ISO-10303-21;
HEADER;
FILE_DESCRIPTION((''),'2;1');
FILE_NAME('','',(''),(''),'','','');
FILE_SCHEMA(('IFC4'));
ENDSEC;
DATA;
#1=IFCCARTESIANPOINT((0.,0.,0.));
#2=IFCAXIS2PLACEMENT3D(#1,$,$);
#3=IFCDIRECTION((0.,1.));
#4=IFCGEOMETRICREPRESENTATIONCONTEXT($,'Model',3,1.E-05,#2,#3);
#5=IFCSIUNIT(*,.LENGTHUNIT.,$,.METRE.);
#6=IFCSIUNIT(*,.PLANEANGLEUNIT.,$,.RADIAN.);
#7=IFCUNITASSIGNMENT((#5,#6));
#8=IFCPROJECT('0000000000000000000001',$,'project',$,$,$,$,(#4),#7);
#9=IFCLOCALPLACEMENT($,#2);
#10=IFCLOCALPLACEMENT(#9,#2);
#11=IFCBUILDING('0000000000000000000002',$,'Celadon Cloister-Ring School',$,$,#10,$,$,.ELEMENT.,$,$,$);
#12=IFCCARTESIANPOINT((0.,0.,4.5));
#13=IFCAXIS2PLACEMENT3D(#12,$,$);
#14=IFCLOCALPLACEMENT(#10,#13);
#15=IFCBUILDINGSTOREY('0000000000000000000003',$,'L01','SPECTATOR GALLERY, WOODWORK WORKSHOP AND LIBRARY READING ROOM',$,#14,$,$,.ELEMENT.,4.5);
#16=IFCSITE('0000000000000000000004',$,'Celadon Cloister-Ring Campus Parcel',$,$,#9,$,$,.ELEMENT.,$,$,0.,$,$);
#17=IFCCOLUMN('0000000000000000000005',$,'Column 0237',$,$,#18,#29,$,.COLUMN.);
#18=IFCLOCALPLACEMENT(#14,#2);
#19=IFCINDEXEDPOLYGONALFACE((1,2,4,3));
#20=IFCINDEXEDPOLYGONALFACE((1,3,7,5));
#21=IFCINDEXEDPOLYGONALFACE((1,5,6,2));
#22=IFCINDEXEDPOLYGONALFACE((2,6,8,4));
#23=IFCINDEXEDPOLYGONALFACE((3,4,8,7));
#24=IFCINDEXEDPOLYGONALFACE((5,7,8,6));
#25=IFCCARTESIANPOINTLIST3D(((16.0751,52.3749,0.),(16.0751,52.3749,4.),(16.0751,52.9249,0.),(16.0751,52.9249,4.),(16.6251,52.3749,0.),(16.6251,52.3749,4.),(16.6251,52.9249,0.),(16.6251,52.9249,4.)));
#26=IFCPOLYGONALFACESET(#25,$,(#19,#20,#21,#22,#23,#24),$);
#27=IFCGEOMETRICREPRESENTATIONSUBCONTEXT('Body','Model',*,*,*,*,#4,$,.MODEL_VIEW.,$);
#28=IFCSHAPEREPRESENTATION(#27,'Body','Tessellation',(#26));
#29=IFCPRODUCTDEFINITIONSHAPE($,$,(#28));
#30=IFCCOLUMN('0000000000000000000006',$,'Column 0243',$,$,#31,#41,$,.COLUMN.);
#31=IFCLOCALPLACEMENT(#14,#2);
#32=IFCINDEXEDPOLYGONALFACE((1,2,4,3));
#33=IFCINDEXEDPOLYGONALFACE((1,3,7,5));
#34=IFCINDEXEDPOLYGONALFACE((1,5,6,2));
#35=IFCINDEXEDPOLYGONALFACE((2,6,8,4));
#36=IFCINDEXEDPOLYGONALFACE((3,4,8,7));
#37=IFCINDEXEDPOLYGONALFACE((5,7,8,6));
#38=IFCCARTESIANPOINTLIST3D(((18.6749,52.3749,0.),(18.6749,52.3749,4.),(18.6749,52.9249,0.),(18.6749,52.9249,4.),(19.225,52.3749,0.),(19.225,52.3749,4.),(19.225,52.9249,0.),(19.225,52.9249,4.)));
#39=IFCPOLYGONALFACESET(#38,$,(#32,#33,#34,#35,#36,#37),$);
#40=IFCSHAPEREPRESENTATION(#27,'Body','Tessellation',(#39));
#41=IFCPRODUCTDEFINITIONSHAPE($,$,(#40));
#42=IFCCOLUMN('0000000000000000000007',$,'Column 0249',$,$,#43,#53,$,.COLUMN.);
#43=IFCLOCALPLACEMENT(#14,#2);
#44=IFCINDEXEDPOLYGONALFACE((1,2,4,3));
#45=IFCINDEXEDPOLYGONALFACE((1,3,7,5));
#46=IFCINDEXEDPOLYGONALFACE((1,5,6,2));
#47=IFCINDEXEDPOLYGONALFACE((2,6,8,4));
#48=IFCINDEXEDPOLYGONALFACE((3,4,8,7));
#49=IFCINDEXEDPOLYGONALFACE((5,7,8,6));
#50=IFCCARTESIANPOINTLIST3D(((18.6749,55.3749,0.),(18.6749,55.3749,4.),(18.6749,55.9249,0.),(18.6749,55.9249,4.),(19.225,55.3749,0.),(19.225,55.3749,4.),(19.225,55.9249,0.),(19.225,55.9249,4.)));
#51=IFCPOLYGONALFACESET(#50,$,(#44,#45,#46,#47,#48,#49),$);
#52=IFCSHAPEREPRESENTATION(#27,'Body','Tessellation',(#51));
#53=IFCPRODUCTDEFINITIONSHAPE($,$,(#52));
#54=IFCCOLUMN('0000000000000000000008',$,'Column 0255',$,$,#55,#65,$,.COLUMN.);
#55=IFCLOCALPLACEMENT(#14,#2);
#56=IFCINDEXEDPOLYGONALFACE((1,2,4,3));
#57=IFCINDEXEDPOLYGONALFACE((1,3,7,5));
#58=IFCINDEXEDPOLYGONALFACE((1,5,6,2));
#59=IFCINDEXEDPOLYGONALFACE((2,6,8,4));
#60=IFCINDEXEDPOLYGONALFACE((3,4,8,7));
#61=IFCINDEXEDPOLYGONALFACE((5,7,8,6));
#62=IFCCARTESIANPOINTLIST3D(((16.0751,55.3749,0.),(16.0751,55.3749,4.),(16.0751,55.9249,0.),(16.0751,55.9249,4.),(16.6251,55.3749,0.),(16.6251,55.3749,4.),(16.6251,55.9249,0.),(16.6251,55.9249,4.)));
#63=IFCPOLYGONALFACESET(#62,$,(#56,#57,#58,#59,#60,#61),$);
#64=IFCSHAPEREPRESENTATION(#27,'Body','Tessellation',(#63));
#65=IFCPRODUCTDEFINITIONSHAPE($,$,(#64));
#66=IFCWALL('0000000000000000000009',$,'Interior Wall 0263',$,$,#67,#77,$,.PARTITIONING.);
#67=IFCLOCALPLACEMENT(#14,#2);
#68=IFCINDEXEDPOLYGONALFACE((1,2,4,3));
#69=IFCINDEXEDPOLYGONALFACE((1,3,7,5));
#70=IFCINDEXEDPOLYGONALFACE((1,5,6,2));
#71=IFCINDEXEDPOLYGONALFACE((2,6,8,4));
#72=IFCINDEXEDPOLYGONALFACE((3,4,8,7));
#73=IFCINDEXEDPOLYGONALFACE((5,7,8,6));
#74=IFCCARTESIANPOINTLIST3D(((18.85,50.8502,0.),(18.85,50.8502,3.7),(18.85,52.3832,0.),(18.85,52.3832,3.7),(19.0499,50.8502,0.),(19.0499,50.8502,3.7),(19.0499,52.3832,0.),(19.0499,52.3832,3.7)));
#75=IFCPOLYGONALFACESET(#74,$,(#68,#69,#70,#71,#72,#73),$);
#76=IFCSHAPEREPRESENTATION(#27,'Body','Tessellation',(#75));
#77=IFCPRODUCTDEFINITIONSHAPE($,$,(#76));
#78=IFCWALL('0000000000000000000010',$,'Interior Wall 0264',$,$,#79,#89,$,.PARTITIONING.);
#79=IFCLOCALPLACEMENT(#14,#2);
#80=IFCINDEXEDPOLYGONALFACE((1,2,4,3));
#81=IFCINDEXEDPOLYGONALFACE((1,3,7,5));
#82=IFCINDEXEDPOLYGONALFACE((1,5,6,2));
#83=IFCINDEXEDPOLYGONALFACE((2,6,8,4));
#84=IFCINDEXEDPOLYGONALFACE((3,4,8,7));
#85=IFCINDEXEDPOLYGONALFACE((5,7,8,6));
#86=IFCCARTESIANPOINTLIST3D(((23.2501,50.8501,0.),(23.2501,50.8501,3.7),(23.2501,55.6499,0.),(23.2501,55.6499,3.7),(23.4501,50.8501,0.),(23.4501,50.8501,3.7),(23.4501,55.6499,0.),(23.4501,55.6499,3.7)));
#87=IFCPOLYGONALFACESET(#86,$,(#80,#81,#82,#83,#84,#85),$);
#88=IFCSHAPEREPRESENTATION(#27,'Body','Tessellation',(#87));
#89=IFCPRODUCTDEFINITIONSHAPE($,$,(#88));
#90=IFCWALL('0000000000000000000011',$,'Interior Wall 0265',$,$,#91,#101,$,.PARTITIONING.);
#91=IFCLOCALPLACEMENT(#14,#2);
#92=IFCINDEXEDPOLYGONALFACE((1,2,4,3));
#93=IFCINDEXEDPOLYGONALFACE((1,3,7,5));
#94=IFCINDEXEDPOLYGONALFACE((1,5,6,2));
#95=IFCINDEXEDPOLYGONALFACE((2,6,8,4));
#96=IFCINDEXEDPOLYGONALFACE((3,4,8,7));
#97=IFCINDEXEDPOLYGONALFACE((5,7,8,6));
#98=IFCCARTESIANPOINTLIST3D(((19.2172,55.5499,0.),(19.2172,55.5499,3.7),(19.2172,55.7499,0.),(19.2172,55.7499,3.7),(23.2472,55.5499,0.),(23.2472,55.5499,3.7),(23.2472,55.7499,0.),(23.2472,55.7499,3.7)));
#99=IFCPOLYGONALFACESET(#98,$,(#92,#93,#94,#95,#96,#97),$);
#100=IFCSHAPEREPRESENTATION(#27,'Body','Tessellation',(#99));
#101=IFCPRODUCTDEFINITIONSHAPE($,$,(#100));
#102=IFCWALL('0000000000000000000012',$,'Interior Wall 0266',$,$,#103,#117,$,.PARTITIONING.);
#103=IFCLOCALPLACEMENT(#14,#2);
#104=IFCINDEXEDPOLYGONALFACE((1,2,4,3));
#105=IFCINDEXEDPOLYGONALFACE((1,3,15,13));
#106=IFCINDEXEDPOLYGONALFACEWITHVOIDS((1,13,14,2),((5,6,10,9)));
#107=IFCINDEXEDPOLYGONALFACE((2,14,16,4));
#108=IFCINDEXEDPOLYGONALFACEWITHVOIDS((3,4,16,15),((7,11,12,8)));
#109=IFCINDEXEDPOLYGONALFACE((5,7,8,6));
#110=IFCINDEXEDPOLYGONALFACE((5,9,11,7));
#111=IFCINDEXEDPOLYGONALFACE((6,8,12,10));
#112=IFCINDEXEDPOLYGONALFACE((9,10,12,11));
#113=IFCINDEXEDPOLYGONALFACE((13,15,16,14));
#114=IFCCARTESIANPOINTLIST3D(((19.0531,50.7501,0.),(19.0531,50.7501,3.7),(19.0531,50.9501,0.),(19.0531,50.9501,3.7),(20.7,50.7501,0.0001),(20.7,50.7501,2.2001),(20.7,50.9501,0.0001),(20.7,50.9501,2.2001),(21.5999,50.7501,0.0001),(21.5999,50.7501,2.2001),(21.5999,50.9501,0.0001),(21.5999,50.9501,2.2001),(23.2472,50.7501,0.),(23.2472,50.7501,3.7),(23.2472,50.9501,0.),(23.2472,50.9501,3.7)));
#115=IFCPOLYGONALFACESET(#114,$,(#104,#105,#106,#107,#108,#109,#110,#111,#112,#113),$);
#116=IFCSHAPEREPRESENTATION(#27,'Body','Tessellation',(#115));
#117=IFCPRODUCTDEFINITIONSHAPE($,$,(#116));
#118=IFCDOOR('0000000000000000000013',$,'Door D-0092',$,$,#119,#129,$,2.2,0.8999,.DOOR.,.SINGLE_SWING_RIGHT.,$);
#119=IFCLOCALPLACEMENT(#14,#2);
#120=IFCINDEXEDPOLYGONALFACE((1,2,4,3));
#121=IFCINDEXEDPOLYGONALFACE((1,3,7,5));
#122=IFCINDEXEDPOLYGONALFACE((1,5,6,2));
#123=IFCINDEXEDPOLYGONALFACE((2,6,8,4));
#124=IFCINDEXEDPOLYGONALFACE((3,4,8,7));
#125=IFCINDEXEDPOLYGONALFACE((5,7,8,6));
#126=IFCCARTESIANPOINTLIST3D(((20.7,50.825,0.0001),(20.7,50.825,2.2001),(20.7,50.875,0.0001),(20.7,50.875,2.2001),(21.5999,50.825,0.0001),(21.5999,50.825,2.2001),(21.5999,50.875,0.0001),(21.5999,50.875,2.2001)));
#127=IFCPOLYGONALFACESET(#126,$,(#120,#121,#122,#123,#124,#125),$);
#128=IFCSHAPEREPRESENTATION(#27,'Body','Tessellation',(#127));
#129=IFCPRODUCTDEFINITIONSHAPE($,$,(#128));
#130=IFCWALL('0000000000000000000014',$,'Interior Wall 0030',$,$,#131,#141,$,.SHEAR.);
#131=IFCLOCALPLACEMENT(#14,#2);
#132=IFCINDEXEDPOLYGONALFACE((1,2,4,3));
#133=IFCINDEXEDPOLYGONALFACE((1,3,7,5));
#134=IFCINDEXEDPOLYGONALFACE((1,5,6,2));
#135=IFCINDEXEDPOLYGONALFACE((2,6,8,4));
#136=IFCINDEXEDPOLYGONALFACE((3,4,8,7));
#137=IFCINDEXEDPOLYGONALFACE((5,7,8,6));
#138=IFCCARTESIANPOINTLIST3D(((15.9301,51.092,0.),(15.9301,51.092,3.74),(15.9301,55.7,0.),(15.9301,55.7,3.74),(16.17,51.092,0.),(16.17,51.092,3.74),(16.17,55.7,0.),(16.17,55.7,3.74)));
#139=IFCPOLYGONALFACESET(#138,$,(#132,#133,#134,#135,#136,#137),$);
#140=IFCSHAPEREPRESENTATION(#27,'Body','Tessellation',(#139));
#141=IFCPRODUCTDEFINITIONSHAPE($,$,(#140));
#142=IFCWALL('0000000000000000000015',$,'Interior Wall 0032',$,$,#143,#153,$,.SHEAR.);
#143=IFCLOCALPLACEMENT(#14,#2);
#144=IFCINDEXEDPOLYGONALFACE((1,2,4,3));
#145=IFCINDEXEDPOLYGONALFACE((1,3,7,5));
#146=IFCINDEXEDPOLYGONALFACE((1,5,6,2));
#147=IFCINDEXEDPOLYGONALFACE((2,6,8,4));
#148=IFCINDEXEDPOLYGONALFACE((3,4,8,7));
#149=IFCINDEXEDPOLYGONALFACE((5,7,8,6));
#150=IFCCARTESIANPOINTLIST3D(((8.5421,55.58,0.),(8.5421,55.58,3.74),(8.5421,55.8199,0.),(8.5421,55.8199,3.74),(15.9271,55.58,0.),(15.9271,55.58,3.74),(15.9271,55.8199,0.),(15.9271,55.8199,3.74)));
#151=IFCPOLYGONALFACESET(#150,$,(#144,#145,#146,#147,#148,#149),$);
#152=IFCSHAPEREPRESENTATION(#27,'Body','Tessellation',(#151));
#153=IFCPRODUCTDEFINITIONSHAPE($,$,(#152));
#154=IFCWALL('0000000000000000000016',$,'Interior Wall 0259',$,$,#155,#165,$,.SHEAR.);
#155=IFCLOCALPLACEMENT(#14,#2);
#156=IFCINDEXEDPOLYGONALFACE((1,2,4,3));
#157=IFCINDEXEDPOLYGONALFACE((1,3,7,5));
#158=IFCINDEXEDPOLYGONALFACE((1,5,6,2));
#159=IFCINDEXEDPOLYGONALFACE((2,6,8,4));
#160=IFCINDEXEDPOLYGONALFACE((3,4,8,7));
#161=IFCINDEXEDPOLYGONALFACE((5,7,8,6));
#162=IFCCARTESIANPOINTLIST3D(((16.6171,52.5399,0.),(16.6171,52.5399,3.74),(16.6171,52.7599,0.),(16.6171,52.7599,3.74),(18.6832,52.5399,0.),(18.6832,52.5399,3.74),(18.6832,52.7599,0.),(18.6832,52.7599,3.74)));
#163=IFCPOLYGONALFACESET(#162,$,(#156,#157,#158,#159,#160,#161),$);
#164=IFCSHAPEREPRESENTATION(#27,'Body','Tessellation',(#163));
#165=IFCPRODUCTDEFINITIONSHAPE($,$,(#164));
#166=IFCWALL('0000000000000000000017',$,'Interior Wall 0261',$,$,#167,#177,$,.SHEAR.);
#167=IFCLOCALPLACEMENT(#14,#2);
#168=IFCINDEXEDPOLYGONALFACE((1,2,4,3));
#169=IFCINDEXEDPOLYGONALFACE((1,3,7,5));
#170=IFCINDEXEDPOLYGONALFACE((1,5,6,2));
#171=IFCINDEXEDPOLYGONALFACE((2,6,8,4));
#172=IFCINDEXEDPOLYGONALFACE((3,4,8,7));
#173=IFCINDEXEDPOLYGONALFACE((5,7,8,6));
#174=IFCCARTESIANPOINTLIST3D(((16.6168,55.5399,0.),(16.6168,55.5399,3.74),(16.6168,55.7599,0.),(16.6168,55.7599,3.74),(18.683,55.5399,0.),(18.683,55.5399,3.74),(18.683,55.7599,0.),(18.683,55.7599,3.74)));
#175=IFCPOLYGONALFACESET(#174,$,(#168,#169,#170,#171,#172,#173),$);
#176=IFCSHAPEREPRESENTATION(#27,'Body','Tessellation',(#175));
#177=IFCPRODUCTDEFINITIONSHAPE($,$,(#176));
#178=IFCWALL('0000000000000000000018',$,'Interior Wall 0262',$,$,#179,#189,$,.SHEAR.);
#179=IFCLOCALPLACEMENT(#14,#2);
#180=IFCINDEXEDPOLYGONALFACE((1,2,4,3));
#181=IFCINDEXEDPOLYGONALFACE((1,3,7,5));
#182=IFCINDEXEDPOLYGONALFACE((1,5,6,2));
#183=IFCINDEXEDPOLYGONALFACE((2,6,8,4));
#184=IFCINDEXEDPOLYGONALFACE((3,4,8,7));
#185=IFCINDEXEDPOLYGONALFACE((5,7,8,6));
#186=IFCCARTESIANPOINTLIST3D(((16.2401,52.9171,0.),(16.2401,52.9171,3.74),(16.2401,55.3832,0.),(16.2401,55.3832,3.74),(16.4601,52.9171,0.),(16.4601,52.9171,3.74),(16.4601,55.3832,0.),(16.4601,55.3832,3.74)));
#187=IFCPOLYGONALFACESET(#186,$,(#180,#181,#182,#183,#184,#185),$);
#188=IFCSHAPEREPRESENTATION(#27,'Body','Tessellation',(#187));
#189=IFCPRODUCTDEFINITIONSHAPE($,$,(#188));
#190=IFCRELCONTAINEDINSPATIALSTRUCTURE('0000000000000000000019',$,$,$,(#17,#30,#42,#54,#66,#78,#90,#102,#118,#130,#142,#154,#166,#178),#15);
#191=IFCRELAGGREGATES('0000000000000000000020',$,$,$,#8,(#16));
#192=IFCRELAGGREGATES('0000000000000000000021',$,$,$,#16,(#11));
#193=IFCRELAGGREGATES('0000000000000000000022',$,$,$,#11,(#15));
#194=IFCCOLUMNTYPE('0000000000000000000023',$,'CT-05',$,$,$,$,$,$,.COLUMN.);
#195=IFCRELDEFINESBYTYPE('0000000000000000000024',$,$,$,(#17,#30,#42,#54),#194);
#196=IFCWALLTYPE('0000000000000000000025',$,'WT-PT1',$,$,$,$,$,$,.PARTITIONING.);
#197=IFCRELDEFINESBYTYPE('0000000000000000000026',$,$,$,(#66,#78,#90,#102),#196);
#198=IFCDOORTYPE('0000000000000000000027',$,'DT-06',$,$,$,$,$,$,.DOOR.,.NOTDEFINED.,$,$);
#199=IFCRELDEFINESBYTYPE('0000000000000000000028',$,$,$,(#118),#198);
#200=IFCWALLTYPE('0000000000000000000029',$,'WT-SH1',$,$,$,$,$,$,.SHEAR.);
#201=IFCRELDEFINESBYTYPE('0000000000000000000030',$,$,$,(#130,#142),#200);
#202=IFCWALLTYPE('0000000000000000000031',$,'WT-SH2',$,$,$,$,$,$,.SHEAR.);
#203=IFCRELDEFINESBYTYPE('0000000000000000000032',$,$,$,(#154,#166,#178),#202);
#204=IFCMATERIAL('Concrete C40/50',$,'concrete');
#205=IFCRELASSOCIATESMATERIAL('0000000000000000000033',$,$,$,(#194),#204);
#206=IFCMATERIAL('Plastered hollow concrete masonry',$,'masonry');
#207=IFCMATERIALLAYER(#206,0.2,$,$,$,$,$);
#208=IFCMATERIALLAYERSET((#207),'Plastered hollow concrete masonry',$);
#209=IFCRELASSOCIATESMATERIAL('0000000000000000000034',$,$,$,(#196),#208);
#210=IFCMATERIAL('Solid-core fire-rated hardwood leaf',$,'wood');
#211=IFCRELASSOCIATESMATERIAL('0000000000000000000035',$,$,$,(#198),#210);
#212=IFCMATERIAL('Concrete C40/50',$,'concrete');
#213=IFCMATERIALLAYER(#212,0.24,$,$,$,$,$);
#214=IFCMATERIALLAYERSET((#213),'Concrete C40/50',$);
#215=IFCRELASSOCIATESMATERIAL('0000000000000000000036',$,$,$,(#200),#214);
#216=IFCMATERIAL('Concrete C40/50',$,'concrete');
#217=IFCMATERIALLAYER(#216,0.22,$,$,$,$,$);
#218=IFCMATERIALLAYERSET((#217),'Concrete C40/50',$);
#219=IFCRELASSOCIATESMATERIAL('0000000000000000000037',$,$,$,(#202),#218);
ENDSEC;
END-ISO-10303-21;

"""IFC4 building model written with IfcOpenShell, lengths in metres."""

from ifc_helpers import new_model, si_unit, direction, frame, frame_2d, origin, origin_2d, place, context, subcontext, project, spatial, rectangle, extrude, material, layer, layer_set, material_profile, profile_set, type_object, element, fill, save


model = new_model("IFC4")

# Units and contexts
model_context = context("Model", 3, precision=1e-05, world=origin(), true_north=direction((0.0, 1.0)))
body_context = subcontext(model_context, "Body", "Model", "MODEL_VIEW")
ifc_project = project(units=[si_unit("LENGTHUNIT", "METRE"), si_unit("PLANEANGLEUNIT", "RADIAN")], contexts=[model_context])

# Site, building, storey
site_placement = place(None, origin())
site = spatial("IfcSite", under=ifc_project, at=site_placement, Name="Celadon Cloister-Ring Campus Parcel", CompositionType="ELEMENT", RefElevation=0.0)
building_placement = place(site_placement, origin())
building = spatial("IfcBuilding", under=site, at=building_placement, Name="Celadon Cloister-Ring School", CompositionType="ELEMENT")
storey_placement = place(building_placement, frame((0.0, 0.0, 4.5)))
storey = spatial("IfcBuildingStorey", under=building, at=storey_placement, Name="L01", Description="SPECTATOR GALLERY, WOODWORK WORKSHOP AND LIBRARY READING ROOM", CompositionType="ELEMENT", Elevation=4.5)

# Columns
ifc_material_1 = material(Name="Concrete C40/50", Category="concrete")
ifc_material_profile = material_profile(ifc_material_1, rectangle(XDim=0.55, YDim=0.55, at=origin_2d()), Name="RC550X550")
ifc_profile_set = profile_set([ifc_material_profile], Name="Concrete C40/50")
column_type = type_object("IfcColumnType", Name="CT-05", PredefinedType="COLUMN", material=ifc_profile_set)
for number, where, z_axis, x_axis, name in (
    (1, (16.3501, 52.6499, 0.0), (0.0, 0.0, 1.0), (1.0, 0.0, 0.0), "Column 0237"),
    (2, (18.95, 52.6499, 0.0), (0.0, 0.0, 1.0), (1.0, 0.0, 0.0), "Column 0243"),
    (3, (18.95, 55.6499, 0.0), (0.0, 0.0, 1.0), (1.0, 0.0, 0.0), "Column 0249"),
    (4, (16.3501, 55.6499, 0.0), (0.0, 0.0, 1.0), (1.0, 0.0, 0.0), "Column 0255"),
):
    element("IfcColumn", number, at=place(storey_placement, frame(where, z_axis=z_axis, x_axis=x_axis)), inside=storey, type_object=column_type, Name=name, PredefinedType="COLUMN", context=body_context, shape_type="SweptSolid", body=[
        extrude(rectangle(XDim=0.55, YDim=0.55, at=origin_2d()), origin(), (0.0, 0.0, 1.0), 4.0),
    ])

# Walls
ifc_material_2 = material(Name="Plastered hollow concrete masonry", Category="masonry")
ifc_layer_1 = layer(ifc_material_2, 0.2)
ifc_layer_set_1 = layer_set([ifc_layer_1], Name="Plastered hollow concrete masonry")
wall_type_1 = type_object("IfcWallType", Name="WT-PT1", PredefinedType="PARTITIONING", material=ifc_layer_set_1)
wall_1_placement = place(storey_placement, frame((18.95, 50.8501, 0.0), z_axis=(0.0, 0.0, 1.0), x_axis=(0.0, 1.0, 0.0)))
element("IfcWall", 5, at=wall_1_placement, inside=storey, type_object=wall_type_1, Name="Interior Wall 0263", PredefinedType="PARTITIONING", context=body_context, shape_type="SweptSolid", body=[
    extrude(rectangle(XDim=1.533, YDim=0.2, at=frame_2d((0.7666, 0.0))), origin(), (0.0, 0.0, 1.0), 3.7),
])
wall_2_placement = place(storey_placement, frame((23.3501, 50.8501, 0.0), z_axis=(0.0, 0.0, 1.0), x_axis=(0.0, 1.0, 0.0)))
element("IfcWall", 6, at=wall_2_placement, inside=storey, type_object=wall_type_1, Name="Interior Wall 0264", PredefinedType="PARTITIONING", context=body_context, shape_type="SweptSolid", body=[
    extrude(rectangle(XDim=4.7998, YDim=0.2, at=frame_2d((2.3999, 0.0))), origin(), (0.0, 0.0, 1.0), 3.7),
])
wall_3_placement = place(storey_placement, frame((19.217, 55.6499, 0.0), z_axis=(0.0, 0.0, 1.0), x_axis=(1.0, 0.0, 0.0)))
element("IfcWall", 7, at=wall_3_placement, inside=storey, type_object=wall_type_1, Name="Interior Wall 0265", PredefinedType="PARTITIONING", context=body_context, shape_type="SweptSolid", body=[
    extrude(rectangle(XDim=4.03, YDim=0.2, at=frame_2d((2.0151, 0.0))), origin(), (0.0, 0.0, 1.0), 3.7),
])

# Wall, opening, door
wall_4_placement = place(storey_placement, frame((19.053, 50.8501, 0.0), z_axis=(0.0, 0.0, 1.0), x_axis=(1.0, 0.0, 0.0)))
wall_4 = element("IfcWall", 8, at=wall_4_placement, inside=storey, type_object=wall_type_1, Name="Interior Wall 0266", PredefinedType="PARTITIONING", context=body_context, shape_type="SweptSolid", body=[
    extrude(rectangle(XDim=4.1941, YDim=0.2, at=frame_2d((2.0972, 0.0))), origin(), (0.0, 0.0, 1.0), 3.7),
])
opening_1_placement = place(wall_4_placement, frame((1.647, 0.0, 0.0)))
opening_1 = element("IfcOpeningElement", 9, at=opening_1_placement, cuts=wall_4, PredefinedType="OPENING", context=body_context, shape_type="SweptSolid", body=[
    extrude(rectangle(XDim=0.8999, YDim=2.2, at=frame_2d((0.45, 1.1001))), frame((0.0, 0.1099, 0.0), z_axis=(0.0, -1.0, 0.0), x_axis=(1.0, 0.0, 0.0)), (0.0, 0.0, 1.0), 0.22),
])
ifc_material_3 = material(Name="Solid-core fire-rated hardwood leaf", Category="wood")
door_type_1 = type_object("IfcDoorType", Name="DT-06", OperationType="NOTDEFINED", PredefinedType="DOOR", material=ifc_material_3)
door_1_placement = place(opening_1_placement, origin())
door_1 = element("IfcDoor", 10, at=door_1_placement, inside=storey, type_object=door_type_1, Name="Door D-0092", OperationType="SINGLE_SWING_RIGHT", OverallHeight=2.2, OverallWidth=0.8999, PredefinedType="DOOR", context=body_context, shape_type="SweptSolid", body=[
    extrude(rectangle(XDim=0.8999, YDim=2.2, at=frame_2d((0.45, 1.1001))), frame((0.0, 0.0249, 0.0), z_axis=(0.0, -1.0, 0.0), x_axis=(1.0, 0.0, 0.0)), (0.0, 0.0, 1.0), 0.05),
])
fill(opening_1, door_1)

# Walls
ifc_material_4 = material(Name="Concrete C40/50", Category="concrete")
ifc_layer_2 = layer(ifc_material_4, 0.24)
ifc_layer_set_2 = layer_set([ifc_layer_2], Name="Concrete C40/50")
wall_type_2 = type_object("IfcWallType", Name="WT-SH1", PredefinedType="SHEAR", material=ifc_layer_set_2)
wall_5_placement = place(storey_placement, frame((16.05, 55.7, 0.0), z_axis=(0.0, 0.0, 1.0), x_axis=(0.0, -1.0, 0.0)))
element("IfcWall", 11, at=wall_5_placement, inside=storey, type_object=wall_type_2, Name="Interior Wall 0030", PredefinedType="SHEAR", context=body_context, shape_type="SweptSolid", body=[
    extrude(rectangle(XDim=4.6079, YDim=0.24, at=frame_2d((2.304, 0.0))), origin(), (0.0, 0.0, 1.0), 3.74),
])
wall_6_placement = place(storey_placement, frame((15.927, 55.7, 0.0), z_axis=(0.0, 0.0, 1.0), x_axis=(-1.0, 0.0, 0.0)))
element("IfcWall", 12, at=wall_6_placement, inside=storey, type_object=wall_type_2, Name="Interior Wall 0032", PredefinedType="SHEAR", context=body_context, shape_type="SweptSolid", body=[
    extrude(rectangle(XDim=7.385, YDim=0.24, at=frame_2d((3.6924, 0.0))), origin(), (0.0, 0.0, 1.0), 3.74),
])
ifc_material_5 = material(Name="Concrete C40/50", Category="concrete")
ifc_layer_3 = layer(ifc_material_5, 0.22)
ifc_layer_set_3 = layer_set([ifc_layer_3], Name="Concrete C40/50")
wall_type_3 = type_object("IfcWallType", Name="WT-SH2", PredefinedType="SHEAR", material=ifc_layer_set_3)
wall_7_placement = place(storey_placement, frame((16.6169, 52.6499, 0.0), z_axis=(0.0, 0.0, 1.0), x_axis=(1.0, 0.0, 0.0)))
element("IfcWall", 13, at=wall_7_placement, inside=storey, type_object=wall_type_3, Name="Interior Wall 0259", PredefinedType="SHEAR", context=body_context, shape_type="SweptSolid", body=[
    extrude(rectangle(XDim=2.0662, YDim=0.22, at=frame_2d((1.0332, 0.0))), origin(), (0.0, 0.0, 1.0), 3.74),
])

# Walls
wall_8_placement = place(storey_placement, frame((18.6831, 55.6499, 0.0), z_axis=(0.0, 0.0, 1.0), x_axis=(-1.0, 0.0, 0.0)))
element("IfcWall", 14, at=wall_8_placement, inside=storey, type_object=wall_type_3, Name="Interior Wall 0261", PredefinedType="SHEAR", context=body_context, shape_type="SweptSolid", body=[
    extrude(rectangle(XDim=2.0662, YDim=0.22, at=frame_2d((1.0332, 0.0))), origin(), (0.0, 0.0, 1.0), 3.74),
])
wall_9_placement = place(storey_placement, frame((16.3501, 55.3831, 0.0), z_axis=(0.0, 0.0, 1.0), x_axis=(0.0, -1.0, 0.0)))
element("IfcWall", 15, at=wall_9_placement, inside=storey, type_object=wall_type_3, Name="Interior Wall 0262", PredefinedType="SHEAR", context=body_context, shape_type="SweptSolid", body=[
    extrude(rectangle(XDim=2.4661, YDim=0.22, at=frame_2d((1.2329, 0.0))), origin(), (0.0, 0.0, 1.0), 3.74),
])

save(model, "model.ifc")
